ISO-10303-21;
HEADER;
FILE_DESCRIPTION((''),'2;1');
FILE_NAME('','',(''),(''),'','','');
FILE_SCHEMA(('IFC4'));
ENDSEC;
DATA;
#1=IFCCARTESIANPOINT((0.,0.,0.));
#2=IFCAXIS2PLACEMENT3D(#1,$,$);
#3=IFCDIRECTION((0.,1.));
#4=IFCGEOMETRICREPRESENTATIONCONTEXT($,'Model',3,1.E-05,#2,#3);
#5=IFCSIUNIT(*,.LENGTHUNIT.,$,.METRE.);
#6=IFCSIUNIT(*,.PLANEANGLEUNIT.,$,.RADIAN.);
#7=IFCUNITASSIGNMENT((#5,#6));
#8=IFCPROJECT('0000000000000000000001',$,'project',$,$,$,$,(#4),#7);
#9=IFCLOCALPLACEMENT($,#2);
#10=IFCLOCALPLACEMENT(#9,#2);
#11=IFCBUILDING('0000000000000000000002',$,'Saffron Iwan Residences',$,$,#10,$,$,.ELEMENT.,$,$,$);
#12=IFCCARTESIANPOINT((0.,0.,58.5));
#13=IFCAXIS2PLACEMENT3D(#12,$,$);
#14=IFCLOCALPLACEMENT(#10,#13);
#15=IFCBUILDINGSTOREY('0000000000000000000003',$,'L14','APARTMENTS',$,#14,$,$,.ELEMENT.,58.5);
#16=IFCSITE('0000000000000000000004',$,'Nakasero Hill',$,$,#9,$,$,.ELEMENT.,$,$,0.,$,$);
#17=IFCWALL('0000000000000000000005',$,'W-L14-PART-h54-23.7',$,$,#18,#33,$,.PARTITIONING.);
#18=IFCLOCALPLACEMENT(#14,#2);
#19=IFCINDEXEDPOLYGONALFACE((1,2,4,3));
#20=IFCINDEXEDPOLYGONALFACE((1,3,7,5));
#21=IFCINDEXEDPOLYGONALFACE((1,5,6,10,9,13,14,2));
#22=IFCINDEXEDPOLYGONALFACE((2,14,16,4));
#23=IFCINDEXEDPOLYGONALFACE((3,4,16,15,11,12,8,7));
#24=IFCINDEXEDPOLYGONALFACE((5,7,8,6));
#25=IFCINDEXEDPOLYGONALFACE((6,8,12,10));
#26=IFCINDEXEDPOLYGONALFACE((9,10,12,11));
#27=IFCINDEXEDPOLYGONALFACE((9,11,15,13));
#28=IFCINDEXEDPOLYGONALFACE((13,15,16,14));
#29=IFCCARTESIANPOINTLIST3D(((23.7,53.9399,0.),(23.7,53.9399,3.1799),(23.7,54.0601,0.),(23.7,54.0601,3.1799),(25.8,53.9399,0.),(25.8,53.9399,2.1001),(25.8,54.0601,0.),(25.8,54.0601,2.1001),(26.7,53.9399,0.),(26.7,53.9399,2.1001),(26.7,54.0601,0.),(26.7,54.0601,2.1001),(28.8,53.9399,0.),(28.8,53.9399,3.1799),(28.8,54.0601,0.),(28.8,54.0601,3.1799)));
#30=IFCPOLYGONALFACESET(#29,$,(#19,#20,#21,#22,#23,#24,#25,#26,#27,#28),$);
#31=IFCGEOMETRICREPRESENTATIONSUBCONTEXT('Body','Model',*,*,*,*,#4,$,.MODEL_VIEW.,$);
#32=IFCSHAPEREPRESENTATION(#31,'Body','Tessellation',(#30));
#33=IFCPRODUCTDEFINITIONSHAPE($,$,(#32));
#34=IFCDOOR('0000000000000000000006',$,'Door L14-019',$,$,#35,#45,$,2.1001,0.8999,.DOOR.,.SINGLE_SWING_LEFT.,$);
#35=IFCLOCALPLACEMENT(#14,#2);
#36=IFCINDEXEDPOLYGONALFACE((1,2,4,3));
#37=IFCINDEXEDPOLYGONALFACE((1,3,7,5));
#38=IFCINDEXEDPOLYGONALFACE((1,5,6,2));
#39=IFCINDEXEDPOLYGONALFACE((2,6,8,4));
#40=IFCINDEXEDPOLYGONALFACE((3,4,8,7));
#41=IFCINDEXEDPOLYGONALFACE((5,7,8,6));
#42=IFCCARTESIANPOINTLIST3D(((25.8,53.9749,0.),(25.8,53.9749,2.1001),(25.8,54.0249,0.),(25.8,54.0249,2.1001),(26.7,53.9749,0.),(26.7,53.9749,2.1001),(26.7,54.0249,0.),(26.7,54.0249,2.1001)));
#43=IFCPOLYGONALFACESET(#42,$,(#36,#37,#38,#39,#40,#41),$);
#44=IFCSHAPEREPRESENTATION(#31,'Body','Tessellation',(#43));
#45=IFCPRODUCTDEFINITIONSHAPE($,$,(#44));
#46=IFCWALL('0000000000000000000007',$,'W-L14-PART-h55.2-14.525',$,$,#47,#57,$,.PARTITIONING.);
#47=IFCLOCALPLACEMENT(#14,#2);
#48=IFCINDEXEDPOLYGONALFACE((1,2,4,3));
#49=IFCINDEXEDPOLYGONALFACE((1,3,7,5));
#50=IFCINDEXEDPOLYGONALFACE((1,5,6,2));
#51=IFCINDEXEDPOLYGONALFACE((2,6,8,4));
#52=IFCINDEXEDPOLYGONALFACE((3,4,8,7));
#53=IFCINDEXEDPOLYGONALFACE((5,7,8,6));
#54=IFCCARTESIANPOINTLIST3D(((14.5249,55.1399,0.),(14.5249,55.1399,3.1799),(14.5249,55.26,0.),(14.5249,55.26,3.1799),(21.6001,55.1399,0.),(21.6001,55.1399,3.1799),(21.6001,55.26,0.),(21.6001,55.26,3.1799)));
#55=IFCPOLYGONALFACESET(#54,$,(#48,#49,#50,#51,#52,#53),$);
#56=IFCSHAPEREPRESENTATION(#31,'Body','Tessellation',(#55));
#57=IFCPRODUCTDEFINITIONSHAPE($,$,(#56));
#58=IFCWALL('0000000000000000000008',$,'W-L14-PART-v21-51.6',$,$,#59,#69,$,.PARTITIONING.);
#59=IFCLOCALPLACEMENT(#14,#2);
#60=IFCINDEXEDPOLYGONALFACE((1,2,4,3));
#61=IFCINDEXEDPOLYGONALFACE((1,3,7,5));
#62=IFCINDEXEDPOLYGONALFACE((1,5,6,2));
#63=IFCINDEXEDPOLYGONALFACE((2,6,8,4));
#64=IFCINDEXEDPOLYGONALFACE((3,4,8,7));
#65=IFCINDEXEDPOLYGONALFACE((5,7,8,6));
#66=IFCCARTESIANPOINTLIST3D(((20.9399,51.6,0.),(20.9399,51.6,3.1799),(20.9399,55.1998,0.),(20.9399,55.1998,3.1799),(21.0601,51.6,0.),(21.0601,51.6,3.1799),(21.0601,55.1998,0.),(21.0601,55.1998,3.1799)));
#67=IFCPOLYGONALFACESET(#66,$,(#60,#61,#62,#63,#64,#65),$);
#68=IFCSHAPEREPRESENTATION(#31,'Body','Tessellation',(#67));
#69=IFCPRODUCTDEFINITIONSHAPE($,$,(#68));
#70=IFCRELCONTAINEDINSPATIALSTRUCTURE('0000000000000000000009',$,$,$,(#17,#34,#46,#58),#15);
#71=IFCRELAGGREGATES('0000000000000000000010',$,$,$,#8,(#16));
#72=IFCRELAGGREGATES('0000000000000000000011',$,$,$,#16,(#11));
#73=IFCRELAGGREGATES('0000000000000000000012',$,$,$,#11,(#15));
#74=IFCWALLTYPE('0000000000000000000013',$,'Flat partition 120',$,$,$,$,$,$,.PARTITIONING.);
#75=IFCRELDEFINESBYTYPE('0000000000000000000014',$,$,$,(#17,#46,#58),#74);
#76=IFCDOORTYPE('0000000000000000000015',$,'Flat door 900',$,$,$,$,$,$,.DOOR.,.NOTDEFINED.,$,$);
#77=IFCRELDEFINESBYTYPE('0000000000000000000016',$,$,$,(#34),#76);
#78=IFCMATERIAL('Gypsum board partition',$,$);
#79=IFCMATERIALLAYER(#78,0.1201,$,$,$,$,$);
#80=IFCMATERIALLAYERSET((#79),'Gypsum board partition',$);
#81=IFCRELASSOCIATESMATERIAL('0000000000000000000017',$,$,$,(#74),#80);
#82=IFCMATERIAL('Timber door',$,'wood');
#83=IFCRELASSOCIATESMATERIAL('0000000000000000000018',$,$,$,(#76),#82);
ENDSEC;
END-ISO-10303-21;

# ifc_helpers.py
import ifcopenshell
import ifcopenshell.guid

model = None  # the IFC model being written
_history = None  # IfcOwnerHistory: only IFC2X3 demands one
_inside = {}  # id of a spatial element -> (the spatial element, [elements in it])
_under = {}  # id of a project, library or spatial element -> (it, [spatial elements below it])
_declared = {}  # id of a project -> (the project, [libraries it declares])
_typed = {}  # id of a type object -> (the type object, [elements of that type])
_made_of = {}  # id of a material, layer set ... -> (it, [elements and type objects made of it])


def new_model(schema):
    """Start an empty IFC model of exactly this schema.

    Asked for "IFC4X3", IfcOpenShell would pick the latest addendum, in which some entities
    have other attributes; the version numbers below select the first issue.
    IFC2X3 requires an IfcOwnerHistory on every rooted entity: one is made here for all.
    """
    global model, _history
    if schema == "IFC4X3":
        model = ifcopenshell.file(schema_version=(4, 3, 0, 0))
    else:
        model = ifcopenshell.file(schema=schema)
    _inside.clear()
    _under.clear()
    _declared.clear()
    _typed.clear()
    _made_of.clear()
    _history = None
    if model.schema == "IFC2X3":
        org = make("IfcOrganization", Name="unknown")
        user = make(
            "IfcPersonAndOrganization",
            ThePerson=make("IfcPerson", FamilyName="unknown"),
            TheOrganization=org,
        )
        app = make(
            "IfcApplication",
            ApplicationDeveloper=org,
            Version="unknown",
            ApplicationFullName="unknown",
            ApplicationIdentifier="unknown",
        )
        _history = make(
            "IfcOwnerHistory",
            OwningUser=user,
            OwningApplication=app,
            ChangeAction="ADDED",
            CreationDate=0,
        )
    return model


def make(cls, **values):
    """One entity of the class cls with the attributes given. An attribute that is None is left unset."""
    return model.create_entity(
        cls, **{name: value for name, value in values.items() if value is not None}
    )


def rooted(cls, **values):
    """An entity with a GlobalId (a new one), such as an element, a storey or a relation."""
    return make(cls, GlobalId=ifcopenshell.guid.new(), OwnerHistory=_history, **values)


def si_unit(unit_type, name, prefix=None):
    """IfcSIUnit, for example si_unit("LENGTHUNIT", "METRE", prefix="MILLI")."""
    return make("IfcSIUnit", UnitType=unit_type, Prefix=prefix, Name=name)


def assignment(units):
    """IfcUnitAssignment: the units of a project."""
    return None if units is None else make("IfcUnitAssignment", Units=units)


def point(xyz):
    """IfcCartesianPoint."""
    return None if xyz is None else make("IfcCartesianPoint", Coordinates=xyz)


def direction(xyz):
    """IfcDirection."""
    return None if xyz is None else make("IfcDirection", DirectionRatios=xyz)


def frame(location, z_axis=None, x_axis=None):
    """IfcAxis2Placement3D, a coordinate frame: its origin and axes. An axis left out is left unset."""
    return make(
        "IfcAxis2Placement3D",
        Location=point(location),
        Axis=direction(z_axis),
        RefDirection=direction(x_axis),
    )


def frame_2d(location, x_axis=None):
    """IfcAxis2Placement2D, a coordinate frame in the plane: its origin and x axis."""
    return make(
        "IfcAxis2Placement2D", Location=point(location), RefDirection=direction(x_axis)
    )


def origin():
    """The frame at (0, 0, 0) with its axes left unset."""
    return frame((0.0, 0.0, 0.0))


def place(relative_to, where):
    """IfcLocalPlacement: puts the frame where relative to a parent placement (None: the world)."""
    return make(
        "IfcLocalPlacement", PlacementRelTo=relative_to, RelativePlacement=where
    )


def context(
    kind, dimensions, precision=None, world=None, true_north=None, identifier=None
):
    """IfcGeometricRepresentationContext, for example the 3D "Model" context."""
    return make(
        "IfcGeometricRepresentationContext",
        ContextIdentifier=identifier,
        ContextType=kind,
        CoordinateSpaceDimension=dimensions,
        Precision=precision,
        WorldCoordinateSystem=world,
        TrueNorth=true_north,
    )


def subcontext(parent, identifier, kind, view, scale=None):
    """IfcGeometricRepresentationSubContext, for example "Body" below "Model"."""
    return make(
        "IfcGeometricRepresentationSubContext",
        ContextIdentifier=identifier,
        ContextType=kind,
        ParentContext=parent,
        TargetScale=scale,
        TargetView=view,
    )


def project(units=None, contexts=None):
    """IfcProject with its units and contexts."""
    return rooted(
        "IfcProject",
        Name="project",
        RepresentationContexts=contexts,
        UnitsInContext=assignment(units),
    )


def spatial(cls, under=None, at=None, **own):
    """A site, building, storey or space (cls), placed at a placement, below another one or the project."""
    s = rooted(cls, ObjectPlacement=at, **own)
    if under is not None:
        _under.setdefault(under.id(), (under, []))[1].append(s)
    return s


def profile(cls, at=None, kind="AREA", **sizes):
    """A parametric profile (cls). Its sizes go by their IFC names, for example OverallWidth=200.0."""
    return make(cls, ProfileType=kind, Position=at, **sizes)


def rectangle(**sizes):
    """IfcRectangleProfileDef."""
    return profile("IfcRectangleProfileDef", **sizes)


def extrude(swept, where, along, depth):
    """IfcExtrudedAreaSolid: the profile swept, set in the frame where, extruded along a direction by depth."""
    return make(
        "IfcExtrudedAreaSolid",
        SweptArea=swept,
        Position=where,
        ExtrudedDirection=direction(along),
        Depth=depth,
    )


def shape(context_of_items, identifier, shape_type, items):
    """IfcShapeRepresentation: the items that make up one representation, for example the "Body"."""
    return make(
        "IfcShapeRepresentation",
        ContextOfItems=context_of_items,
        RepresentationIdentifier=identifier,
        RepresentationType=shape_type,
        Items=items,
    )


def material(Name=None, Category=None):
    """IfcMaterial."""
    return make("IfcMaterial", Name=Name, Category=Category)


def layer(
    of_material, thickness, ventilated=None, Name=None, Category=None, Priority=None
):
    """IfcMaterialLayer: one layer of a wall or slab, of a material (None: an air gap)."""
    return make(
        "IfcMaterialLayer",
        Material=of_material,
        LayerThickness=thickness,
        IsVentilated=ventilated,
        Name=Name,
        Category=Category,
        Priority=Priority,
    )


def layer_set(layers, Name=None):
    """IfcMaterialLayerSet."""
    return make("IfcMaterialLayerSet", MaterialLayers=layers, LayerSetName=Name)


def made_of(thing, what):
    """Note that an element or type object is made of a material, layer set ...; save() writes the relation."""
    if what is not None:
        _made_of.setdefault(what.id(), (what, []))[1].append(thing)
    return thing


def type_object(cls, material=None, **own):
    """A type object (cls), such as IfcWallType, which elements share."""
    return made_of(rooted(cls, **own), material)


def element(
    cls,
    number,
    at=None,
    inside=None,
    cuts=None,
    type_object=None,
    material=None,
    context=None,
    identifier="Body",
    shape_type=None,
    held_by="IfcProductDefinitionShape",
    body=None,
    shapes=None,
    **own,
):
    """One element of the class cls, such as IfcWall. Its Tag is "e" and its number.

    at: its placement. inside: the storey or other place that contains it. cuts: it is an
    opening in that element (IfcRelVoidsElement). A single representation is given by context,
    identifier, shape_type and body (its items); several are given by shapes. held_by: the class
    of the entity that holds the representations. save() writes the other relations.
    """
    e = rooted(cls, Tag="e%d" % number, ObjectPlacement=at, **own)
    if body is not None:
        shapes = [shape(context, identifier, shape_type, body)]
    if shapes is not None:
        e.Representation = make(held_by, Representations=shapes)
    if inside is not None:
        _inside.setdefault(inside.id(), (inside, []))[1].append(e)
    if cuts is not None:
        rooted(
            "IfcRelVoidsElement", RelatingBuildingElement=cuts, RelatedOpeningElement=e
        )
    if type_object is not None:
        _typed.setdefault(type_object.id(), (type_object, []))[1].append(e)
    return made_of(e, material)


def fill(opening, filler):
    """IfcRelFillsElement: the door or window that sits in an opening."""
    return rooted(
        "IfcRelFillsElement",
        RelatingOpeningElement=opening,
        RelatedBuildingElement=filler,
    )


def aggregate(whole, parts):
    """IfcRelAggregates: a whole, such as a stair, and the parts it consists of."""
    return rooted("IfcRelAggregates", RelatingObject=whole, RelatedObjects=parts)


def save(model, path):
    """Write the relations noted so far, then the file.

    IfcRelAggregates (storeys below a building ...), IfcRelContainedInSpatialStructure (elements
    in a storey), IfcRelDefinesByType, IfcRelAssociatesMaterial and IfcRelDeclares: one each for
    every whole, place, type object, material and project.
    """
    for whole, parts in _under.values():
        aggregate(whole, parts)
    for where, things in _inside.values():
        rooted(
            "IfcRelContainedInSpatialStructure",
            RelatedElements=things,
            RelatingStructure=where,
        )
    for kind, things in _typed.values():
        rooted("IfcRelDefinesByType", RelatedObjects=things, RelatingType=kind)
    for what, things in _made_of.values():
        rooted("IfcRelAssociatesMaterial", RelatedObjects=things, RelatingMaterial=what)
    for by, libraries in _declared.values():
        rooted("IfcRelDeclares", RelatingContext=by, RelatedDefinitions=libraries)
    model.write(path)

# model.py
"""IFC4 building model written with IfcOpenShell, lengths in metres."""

from ifc_helpers import new_model, si_unit, direction, frame, frame_2d, origin, place, context, subcontext, project, spatial, rectangle, extrude, material, layer, layer_set, type_object, element, fill, save


model = new_model("IFC4")

# Units and contexts
model_context = context("Model", 3, precision=1e-05, world=origin(), true_north=direction((0.0, 1.0)))
body_context = subcontext(model_context, "Body", "Model", "MODEL_VIEW")
ifc_project = project(units=[si_unit("LENGTHUNIT", "METRE"), si_unit("PLANEANGLEUNIT", "RADIAN")], contexts=[model_context])

# Site, building, storey
site_placement = place(None, origin())
site = spatial("IfcSite", under=ifc_project, at=site_placement, Name="Nakasero Hill", CompositionType="ELEMENT", RefElevation=0.0)
building_placement = place(site_placement, origin())
building = spatial("IfcBuilding", under=site, at=building_placement, Name="Saffron Iwan Residences", CompositionType="ELEMENT")
storey_placement = place(building_placement, frame((0.0, 0.0, 58.5)))
storey = spatial("IfcBuildingStorey", under=building, at=storey_placement, Name="L14", Description="APARTMENTS", CompositionType="ELEMENT", Elevation=58.5)

# Shared definitions
ifc_material_1 = material(Name="Gypsum board partition")
ifc_layer_1 = layer(ifc_material_1, 0.1201)
ifc_layer_set_1 = layer_set([ifc_layer_1], Name="Gypsum board partition")
wall_type_1 = type_object("IfcWallType", Name="Flat partition 120", PredefinedType="PARTITIONING", material=ifc_layer_set_1)
ifc_material_2 = material(Name="Timber door", Category="wood")

# Shared definitions
door_type_1 = type_object("IfcDoorType", Name="Flat door 900", OperationType="NOTDEFINED", PredefinedType="DOOR", material=ifc_material_2)

# Wall, opening, door
wall_1_placement = place(storey_placement, frame((23.7, 54.0, 0.0), z_axis=(0.0, 0.0, 1.0), x_axis=(1.0, 0.0, 0.0)))
wall_1 = element("IfcWall", 1, at=wall_1_placement, inside=storey, type_object=wall_type_1, Name="W-L14-PART-h54-23.7", PredefinedType="PARTITIONING", context=body_context, shape_type="SweptSolid", body=[
    extrude(rectangle(XDim=5.1001, YDim=0.1201, at=frame_2d((2.55, 0.0))), origin(), (0.0, 0.0, 1.0), 3.1799),
])
opening_1_placement = place(wall_1_placement, frame((2.1001, 0.0, 0.0)))
opening_1 = element("IfcOpeningElement", 2, at=opening_1_placement, cuts=wall_1, PredefinedType="OPENING", context=body_context, shape_type="SweptSolid", body=[
    extrude(rectangle(XDim=0.8999, YDim=2.1001, at=frame_2d((0.45, 1.05))), frame((0.0, 0.0701, 0.0), z_axis=(0.0, -1.0, 0.0), x_axis=(1.0, 0.0, 0.0)), (0.0, 0.0, 1.0), 0.1401),
])
door_1_placement = place(opening_1_placement, origin())
door_1 = element("IfcDoor", 3, at=door_1_placement, inside=storey, type_object=door_type_1, Name="Door L14-019", OperationType="SINGLE_SWING_LEFT", OverallHeight=2.1001, OverallWidth=0.8999, PredefinedType="DOOR", context=body_context, shape_type="SweptSolid", body=[
    extrude(rectangle(XDim=0.8999, YDim=2.1001, at=frame_2d((0.45, 1.05))), frame((0.0, 0.0249, 0.0), z_axis=(0.0, -1.0, 0.0), x_axis=(1.0, 0.0, 0.0)), (0.0, 0.0, 1.0), 0.05),
])
fill(opening_1, door_1)

# Walls
wall_2_placement = place(storey_placement, frame((14.5249, 55.2, 0.0), z_axis=(0.0, 0.0, 1.0), x_axis=(1.0, 0.0, 0.0)))
element("IfcWall", 4, at=wall_2_placement, inside=storey, type_object=wall_type_1, Name="W-L14-PART-h55.2-14.525", PredefinedType="PARTITIONING", context=body_context, shape_type="SweptSolid", body=[
    extrude(rectangle(XDim=7.0752, YDim=0.1201, at=frame_2d((3.5376, 0.0))), origin(), (0.0, 0.0, 1.0), 3.1799),
])
wall_3_placement = place(storey_placement, frame((21.0, 51.6001, 0.0), z_axis=(0.0, 0.0, 1.0), x_axis=(0.0, 1.0, 0.0)))
element("IfcWall", 5, at=wall_3_placement, inside=storey, type_object=wall_type_1, Name="W-L14-PART-v21-51.6", PredefinedType="PARTITIONING", context=body_context, shape_type="SweptSolid", body=[
    extrude(rectangle(XDim=3.5999, YDim=0.1201, at=frame_2d((1.7998, 0.0))), origin(), (0.0, 0.0, 1.0), 3.1799),
])

save(model, "model.ifc")
